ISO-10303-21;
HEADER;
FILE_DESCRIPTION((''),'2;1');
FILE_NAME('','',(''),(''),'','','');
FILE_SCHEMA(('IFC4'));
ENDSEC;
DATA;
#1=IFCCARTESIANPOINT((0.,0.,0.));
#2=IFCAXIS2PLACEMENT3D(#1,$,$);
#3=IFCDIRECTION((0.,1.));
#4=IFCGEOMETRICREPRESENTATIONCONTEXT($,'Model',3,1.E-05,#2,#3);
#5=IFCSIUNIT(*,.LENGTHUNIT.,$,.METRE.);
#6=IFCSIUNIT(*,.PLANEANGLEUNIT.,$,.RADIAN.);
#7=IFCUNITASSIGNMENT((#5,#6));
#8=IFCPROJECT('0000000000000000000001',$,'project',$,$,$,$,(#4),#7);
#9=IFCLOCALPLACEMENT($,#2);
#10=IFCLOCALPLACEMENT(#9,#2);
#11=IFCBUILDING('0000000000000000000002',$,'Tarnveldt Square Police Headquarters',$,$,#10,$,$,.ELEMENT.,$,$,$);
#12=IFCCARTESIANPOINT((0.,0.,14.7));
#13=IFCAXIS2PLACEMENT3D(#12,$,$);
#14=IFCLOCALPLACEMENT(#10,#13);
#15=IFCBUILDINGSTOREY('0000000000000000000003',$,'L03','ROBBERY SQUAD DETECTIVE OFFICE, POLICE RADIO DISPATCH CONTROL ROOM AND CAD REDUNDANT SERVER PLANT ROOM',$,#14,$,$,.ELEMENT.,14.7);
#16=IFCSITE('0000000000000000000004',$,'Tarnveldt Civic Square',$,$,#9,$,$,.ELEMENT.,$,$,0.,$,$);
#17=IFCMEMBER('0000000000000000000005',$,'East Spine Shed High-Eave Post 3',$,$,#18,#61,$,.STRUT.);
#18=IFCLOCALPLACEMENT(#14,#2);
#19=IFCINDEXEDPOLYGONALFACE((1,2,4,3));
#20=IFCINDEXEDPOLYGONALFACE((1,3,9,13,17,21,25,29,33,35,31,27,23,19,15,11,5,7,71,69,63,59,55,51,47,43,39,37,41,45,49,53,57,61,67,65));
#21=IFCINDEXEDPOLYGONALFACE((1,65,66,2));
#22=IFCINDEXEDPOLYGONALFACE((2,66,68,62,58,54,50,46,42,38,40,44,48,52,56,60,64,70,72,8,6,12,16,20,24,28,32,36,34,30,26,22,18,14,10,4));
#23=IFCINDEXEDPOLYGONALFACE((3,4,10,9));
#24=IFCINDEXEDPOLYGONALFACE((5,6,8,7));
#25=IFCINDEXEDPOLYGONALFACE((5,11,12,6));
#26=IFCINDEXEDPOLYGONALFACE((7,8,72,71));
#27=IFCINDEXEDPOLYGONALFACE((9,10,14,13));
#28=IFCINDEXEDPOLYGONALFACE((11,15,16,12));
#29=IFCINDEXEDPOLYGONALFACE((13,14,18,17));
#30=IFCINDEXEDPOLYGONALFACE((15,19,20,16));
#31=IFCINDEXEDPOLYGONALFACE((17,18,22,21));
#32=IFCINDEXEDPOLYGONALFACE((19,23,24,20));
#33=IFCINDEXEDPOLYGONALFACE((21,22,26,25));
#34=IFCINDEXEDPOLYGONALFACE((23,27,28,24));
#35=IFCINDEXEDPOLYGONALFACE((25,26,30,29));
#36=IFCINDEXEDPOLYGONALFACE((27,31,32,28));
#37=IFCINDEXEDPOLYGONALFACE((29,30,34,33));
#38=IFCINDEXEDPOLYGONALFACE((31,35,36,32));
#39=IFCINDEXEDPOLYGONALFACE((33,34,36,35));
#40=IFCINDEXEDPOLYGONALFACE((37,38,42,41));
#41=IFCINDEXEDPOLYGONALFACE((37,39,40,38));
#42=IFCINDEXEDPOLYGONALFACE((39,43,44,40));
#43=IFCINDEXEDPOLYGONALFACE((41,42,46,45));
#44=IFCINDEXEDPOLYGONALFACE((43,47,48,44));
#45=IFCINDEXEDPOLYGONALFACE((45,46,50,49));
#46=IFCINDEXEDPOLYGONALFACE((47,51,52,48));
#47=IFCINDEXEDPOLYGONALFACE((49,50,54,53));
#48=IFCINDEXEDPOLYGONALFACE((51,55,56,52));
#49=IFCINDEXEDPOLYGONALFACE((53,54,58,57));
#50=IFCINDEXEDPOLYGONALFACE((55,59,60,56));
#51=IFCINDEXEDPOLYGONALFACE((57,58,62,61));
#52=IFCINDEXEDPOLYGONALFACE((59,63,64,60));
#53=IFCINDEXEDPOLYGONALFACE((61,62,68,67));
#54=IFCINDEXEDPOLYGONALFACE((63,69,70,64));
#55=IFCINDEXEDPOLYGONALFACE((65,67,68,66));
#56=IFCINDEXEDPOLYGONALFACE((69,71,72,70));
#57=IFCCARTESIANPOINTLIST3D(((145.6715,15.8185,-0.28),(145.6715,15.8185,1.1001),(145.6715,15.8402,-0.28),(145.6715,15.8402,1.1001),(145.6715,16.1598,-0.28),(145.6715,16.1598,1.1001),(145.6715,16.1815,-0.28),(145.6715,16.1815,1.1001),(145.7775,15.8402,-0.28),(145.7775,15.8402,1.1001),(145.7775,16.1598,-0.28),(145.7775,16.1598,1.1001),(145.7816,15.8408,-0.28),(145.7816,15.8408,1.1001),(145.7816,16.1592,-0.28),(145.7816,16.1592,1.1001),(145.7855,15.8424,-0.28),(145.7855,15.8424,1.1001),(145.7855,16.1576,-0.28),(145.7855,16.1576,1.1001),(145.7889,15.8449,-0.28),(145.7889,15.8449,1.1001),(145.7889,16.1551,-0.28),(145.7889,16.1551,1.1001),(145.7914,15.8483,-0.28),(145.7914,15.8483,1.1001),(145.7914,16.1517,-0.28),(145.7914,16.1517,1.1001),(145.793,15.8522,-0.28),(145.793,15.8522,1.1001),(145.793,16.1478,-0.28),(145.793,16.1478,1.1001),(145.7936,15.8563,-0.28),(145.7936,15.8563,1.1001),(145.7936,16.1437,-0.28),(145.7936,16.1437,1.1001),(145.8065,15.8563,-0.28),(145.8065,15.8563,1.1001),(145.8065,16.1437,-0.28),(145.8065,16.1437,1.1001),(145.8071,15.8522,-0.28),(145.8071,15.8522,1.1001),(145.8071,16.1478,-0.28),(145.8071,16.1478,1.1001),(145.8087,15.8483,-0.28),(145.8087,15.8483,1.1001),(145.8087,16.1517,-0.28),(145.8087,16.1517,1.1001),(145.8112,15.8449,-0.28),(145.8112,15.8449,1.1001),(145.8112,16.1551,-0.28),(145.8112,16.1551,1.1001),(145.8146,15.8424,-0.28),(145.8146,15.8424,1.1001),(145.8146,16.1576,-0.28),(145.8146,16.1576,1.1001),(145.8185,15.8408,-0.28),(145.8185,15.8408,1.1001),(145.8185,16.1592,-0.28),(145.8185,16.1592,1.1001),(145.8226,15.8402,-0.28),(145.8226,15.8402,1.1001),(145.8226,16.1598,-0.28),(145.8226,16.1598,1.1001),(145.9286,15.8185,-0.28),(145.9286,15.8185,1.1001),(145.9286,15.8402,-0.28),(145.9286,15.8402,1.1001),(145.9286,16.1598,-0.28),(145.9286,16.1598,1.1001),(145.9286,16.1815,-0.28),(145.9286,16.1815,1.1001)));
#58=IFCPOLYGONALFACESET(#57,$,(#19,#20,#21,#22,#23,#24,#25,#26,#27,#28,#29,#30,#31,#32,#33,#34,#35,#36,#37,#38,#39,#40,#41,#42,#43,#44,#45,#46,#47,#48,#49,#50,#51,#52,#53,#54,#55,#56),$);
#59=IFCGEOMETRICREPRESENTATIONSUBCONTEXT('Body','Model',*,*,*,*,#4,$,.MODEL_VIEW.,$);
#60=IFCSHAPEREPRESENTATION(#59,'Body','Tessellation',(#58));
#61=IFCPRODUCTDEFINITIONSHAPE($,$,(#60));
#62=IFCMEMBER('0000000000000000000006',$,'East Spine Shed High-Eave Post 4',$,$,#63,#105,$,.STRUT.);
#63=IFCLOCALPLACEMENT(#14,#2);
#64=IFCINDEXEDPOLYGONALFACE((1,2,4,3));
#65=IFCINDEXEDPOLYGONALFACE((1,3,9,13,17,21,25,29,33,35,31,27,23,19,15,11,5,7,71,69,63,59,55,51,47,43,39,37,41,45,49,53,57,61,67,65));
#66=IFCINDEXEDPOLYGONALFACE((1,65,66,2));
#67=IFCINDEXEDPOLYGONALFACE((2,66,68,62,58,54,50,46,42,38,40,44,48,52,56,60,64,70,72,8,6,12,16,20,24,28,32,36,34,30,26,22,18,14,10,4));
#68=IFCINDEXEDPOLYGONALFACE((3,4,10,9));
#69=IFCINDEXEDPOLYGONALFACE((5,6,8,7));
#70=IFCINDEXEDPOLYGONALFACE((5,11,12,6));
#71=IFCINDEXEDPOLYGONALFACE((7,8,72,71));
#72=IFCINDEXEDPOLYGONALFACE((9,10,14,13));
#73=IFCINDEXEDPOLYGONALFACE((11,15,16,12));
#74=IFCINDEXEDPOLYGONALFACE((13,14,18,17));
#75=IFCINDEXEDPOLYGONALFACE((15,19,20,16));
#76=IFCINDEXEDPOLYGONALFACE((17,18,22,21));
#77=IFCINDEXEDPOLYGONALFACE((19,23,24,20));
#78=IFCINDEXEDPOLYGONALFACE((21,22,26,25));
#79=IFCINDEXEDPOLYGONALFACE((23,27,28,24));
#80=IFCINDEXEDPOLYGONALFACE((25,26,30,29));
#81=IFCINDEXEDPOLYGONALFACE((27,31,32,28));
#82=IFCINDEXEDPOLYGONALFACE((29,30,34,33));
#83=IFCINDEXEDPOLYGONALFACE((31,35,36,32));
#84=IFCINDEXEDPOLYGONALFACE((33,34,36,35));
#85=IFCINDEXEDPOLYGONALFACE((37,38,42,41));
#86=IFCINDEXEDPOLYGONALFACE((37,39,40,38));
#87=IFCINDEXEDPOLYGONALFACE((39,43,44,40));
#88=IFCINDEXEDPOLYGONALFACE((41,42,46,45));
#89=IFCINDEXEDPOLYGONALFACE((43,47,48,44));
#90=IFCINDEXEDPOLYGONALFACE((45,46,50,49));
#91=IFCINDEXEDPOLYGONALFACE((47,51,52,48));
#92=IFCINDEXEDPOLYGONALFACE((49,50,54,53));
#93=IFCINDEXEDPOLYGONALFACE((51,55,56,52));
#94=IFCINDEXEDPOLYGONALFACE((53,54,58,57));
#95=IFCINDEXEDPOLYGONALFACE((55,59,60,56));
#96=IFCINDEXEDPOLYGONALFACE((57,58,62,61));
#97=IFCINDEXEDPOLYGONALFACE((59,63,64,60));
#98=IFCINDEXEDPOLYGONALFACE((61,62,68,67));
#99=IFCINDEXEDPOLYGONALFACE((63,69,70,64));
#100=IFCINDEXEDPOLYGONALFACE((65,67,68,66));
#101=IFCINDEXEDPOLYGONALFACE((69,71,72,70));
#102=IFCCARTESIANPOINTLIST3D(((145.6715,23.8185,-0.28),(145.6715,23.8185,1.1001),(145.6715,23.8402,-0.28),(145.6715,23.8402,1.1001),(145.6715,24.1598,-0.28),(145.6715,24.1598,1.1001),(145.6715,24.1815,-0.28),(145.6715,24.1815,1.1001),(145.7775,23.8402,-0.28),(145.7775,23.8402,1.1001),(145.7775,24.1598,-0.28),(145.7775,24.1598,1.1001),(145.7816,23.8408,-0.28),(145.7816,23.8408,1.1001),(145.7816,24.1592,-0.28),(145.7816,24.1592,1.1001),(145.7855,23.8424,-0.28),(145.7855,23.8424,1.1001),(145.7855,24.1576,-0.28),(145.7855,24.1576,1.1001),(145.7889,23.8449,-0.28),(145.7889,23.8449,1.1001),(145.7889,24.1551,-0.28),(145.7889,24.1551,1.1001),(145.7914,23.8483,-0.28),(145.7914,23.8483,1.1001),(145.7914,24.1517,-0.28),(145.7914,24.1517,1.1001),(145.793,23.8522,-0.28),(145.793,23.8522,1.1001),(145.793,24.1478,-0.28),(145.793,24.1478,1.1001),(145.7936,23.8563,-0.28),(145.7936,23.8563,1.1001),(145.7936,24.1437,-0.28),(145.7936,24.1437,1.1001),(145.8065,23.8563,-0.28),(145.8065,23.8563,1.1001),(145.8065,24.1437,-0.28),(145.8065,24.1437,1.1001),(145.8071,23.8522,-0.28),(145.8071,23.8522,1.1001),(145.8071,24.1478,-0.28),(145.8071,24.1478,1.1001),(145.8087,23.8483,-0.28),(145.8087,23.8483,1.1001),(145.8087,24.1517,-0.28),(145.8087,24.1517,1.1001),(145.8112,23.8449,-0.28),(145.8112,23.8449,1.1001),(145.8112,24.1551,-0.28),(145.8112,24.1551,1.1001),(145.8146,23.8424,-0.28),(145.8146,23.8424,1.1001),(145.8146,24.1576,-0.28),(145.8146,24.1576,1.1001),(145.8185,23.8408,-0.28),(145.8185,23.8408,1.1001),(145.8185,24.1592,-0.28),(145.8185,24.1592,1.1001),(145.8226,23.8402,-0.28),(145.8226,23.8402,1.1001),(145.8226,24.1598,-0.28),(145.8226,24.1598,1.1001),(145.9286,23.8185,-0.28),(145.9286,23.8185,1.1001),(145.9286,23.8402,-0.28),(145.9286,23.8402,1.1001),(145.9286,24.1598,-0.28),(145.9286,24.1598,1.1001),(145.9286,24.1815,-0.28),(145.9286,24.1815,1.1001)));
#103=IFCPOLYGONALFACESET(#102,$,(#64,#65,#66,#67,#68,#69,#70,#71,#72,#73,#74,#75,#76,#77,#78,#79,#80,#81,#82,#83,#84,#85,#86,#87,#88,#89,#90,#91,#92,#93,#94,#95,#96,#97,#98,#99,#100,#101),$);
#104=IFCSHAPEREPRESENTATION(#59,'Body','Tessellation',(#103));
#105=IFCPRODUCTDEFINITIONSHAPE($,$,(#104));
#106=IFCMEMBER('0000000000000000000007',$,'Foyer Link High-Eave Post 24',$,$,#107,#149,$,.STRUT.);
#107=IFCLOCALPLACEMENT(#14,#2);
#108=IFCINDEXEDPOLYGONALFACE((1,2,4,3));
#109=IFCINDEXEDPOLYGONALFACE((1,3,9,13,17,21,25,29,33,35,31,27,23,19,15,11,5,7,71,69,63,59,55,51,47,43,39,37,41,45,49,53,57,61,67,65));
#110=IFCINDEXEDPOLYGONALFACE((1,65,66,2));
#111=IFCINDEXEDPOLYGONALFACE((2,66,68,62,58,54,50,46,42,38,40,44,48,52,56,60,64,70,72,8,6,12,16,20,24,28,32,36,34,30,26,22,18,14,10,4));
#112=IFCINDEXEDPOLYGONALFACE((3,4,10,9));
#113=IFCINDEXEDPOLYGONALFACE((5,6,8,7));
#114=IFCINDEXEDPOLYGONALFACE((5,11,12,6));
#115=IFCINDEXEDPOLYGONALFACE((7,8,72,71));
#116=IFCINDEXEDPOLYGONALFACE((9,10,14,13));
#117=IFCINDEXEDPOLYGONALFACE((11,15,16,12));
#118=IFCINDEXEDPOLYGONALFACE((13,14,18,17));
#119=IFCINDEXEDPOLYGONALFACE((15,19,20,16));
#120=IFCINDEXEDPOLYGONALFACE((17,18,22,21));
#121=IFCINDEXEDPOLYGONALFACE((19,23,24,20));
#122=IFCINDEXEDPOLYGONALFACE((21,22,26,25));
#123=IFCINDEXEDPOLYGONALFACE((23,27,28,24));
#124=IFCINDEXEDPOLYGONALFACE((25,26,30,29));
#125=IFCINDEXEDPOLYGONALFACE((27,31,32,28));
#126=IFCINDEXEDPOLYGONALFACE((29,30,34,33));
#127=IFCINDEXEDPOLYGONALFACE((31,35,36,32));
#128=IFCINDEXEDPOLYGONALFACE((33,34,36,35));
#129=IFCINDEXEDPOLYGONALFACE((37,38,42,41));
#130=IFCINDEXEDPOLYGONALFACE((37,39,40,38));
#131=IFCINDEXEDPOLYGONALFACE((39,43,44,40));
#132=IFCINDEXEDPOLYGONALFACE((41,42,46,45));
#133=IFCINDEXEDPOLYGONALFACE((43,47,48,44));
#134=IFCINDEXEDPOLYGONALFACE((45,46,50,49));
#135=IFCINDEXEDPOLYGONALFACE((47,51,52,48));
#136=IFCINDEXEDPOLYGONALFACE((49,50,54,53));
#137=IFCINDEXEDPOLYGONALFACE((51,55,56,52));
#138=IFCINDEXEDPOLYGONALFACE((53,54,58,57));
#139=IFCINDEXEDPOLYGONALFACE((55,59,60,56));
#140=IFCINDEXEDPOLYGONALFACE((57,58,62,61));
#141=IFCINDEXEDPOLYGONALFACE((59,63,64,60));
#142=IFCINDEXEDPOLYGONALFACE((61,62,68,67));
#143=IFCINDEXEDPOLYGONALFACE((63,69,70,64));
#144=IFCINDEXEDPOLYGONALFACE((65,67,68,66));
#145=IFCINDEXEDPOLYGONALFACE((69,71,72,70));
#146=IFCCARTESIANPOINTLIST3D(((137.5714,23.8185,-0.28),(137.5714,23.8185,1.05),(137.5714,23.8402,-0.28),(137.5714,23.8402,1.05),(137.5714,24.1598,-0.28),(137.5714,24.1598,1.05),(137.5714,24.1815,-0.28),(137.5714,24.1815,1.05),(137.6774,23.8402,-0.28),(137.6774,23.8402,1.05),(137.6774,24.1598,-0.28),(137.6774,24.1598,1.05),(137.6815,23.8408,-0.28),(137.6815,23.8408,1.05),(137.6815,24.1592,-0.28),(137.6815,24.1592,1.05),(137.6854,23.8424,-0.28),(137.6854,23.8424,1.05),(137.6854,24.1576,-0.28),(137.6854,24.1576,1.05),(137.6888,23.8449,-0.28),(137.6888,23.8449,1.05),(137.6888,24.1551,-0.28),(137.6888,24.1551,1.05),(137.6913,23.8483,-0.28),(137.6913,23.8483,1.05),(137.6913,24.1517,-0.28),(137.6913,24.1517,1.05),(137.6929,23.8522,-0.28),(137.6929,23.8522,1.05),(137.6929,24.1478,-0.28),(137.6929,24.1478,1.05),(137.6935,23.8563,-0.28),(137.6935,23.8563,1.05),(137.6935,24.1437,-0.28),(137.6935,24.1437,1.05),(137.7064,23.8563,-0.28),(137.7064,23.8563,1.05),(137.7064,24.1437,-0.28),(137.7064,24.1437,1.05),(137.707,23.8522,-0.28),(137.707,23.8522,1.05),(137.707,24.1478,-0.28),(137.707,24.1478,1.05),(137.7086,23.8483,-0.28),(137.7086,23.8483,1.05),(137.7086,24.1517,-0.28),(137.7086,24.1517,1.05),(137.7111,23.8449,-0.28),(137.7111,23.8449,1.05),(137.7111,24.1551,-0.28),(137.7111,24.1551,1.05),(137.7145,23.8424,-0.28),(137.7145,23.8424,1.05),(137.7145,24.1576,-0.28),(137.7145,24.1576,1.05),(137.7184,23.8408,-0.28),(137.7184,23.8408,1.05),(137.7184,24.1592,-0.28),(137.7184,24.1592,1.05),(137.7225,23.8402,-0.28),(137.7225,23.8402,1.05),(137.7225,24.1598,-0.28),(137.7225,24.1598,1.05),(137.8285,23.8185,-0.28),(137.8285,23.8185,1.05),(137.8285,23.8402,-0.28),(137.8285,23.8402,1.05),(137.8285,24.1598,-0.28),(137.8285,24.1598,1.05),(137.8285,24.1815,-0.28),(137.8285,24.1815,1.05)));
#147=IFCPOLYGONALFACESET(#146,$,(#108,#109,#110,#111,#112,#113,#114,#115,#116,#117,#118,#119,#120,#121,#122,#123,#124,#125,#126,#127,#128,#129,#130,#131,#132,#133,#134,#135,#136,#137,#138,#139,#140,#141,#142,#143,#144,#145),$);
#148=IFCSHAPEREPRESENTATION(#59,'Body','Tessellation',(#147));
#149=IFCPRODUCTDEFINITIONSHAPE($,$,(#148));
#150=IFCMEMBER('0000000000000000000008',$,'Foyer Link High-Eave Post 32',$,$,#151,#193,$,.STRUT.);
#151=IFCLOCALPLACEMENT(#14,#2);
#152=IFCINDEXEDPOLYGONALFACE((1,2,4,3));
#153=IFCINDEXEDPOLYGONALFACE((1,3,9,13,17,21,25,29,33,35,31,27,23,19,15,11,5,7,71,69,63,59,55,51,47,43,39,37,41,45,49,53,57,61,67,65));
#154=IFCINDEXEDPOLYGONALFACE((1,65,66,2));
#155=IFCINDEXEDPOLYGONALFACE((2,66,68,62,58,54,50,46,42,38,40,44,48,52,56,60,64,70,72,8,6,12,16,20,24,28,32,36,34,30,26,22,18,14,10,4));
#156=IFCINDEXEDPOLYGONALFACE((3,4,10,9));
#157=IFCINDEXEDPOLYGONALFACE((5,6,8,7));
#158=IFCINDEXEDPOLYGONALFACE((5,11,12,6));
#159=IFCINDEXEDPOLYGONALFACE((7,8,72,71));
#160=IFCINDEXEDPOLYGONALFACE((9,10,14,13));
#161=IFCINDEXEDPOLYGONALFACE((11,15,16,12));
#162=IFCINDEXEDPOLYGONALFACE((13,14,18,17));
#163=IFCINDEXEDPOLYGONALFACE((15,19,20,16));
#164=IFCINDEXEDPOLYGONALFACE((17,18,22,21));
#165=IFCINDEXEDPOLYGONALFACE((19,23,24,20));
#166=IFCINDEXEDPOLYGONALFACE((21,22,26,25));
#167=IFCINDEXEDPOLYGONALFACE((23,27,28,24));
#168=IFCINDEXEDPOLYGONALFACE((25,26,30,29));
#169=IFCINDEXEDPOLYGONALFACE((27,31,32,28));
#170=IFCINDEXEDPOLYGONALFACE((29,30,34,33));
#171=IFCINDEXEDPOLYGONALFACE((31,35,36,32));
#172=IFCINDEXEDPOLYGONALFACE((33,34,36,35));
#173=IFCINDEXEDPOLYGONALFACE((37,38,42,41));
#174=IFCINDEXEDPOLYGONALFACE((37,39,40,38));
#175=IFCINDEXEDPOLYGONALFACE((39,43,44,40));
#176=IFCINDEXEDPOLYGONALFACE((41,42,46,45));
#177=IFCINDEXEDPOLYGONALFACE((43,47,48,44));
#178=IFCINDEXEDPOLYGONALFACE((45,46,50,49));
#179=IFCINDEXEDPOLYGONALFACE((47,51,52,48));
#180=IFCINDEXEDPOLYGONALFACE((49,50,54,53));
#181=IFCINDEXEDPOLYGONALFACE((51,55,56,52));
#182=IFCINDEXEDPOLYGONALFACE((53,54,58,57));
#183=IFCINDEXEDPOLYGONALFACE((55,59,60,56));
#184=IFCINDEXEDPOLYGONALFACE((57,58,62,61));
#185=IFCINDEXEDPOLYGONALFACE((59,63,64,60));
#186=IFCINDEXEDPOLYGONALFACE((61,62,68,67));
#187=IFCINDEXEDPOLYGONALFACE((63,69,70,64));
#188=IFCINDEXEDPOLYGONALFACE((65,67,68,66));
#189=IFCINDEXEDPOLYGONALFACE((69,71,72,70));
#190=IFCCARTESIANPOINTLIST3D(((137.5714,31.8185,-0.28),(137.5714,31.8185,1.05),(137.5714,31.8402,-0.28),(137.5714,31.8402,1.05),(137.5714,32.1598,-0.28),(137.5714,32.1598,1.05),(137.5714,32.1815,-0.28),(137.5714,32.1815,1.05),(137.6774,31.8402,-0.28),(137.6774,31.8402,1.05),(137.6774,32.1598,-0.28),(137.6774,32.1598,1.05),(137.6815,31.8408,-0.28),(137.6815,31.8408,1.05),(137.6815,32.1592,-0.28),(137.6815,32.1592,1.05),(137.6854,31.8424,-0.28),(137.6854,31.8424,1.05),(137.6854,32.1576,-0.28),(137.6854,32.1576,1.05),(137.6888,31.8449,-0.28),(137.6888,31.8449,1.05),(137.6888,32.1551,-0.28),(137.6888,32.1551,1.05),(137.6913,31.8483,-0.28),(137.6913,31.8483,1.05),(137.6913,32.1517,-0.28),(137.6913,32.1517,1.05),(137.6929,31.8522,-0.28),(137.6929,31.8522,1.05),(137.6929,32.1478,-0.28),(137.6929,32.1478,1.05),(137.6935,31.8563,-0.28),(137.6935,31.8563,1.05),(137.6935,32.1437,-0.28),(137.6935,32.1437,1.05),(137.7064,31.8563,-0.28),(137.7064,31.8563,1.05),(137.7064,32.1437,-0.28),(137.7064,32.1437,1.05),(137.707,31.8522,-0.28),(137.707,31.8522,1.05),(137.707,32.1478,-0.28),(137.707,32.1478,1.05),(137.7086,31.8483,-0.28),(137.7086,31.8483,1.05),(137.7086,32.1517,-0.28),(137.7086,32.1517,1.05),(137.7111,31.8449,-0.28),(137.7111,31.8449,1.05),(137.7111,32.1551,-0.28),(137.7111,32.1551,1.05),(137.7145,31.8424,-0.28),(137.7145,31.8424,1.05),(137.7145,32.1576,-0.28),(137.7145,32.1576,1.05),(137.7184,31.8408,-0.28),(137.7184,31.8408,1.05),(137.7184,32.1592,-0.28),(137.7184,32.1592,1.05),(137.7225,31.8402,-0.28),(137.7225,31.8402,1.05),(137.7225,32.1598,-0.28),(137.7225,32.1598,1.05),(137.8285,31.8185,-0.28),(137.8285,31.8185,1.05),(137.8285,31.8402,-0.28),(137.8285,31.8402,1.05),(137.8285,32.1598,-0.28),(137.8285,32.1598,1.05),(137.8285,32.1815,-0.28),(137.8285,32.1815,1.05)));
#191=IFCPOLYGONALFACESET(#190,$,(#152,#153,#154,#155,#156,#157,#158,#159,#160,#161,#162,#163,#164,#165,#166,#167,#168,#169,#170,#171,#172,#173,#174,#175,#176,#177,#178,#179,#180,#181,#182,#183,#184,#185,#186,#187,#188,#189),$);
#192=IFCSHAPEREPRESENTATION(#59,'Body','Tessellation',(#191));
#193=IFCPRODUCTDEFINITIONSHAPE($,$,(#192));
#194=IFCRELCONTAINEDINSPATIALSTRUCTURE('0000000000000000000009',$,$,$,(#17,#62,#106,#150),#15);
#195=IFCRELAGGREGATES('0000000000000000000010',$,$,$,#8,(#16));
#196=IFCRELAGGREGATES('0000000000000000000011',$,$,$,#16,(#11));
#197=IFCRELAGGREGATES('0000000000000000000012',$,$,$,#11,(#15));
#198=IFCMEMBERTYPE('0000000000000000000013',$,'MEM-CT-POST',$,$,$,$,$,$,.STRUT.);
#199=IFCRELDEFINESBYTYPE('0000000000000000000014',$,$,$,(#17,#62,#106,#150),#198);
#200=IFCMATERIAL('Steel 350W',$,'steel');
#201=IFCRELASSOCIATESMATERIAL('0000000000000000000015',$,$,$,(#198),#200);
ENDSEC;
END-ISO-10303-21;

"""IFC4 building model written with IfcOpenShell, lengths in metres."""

from ifc_helpers import new_model, si_unit, direction, frame, origin, origin_2d, place, context, subcontext, project, spatial, i_section, extrude, material, material_profile, profile_set, type_object, element, save


model = new_model("IFC4")

# Units and contexts
model_context = context("Model", 3, precision=1e-05, world=origin(), true_north=direction((0.0, 1.0)))
body_context = subcontext(model_context, "Body", "Model", "MODEL_VIEW")
ifc_project = project(units=[si_unit("LENGTHUNIT", "METRE"), si_unit("PLANEANGLEUNIT", "RADIAN")], contexts=[model_context])

# Site, building, storey
site_placement = place(None, origin())
site = spatial("IfcSite", under=ifc_project, at=site_placement, Name="Tarnveldt Civic Square", CompositionType="ELEMENT", RefElevation=0.0)
building_placement = place(site_placement, origin())
building = spatial("IfcBuilding", under=site, at=building_placement, Name="Tarnveldt Square Police Headquarters", CompositionType="ELEMENT")
storey_placement = place(building_placement, frame((0.0, 0.0, 14.7)))
storey = spatial("IfcBuildingStorey", under=building, at=storey_placement, Name="L03", Description="ROBBERY SQUAD DETECTIVE OFFICE, POLICE RADIO DISPATCH CONTROL ROOM AND CAD REDUNDANT SERVER PLANT ROOM", CompositionType="ELEMENT", Elevation=14.7)

# Shared definitions
ifc_material_1 = material(Name="Steel 350W", Category="steel")

# Members
ifc_material_profile_1 = material_profile(ifc_material_1, i_section(OverallWidth=0.2571, OverallDepth=0.363, WebThickness=0.0129, FlangeThickness=0.0217, FilletRadius=0.0161, at=origin_2d()), Name="W360x122")
ifc_profile_set_1 = profile_set([ifc_material_profile_1], Name="Steel 350W")
member_type_1 = type_object("IfcMemberType", Name="MEM-CT-POST", PredefinedType="STRUT", material=ifc_profile_set_1)
for number, where, z_axis, x_axis, name in (
    (1, (145.8, 16.0, -0.28), (0.0, 0.0, 1.0), (1.0, 0.0, 0.0), "East Spine Shed High-Eave Post 3"),
    (2, (145.8, 24.0, -0.28), (0.0, 0.0, 1.0), (1.0, 0.0, 0.0), "East Spine Shed High-Eave Post 4"),
):
    element("IfcMember", number, at=place(storey_placement, frame(where, z_axis=z_axis, x_axis=x_axis)), inside=storey, type_object=member_type_1, Name=name, PredefinedType="STRUT", context=body_context, shape_type="SweptSolid", body=[
        extrude(i_section(OverallWidth=0.2571, OverallDepth=0.363, WebThickness=0.0129, FlangeThickness=0.0217, FilletRadius=0.0161, at=origin_2d()), origin(), (0.0, 0.0, 1.0), 1.3801),
    ])
for number, where, z_axis, x_axis, name in (
    (3, (137.7, 24.0, -0.28), (0.0, 0.0, 1.0), (1.0, 0.0, 0.0), "Foyer Link High-Eave Post 24"),
    (4, (137.7, 32.0, -0.28), (0.0, 0.0, 1.0), (1.0, 0.0, 0.0), "Foyer Link High-Eave Post 32"),
):
    element("IfcMember", number, at=place(storey_placement, frame(where, z_axis=z_axis, x_axis=x_axis)), inside=storey, type_object=member_type_1, Name=name, PredefinedType="STRUT", context=body_context, shape_type="SweptSolid", body=[
        extrude(i_section(OverallWidth=0.2571, OverallDepth=0.363, WebThickness=0.0129, FlangeThickness=0.0217, FilletRadius=0.0161, at=origin_2d()), origin(), (0.0, 0.0, 1.0), 1.3301),
    ])

save(model, "model.ifc")
